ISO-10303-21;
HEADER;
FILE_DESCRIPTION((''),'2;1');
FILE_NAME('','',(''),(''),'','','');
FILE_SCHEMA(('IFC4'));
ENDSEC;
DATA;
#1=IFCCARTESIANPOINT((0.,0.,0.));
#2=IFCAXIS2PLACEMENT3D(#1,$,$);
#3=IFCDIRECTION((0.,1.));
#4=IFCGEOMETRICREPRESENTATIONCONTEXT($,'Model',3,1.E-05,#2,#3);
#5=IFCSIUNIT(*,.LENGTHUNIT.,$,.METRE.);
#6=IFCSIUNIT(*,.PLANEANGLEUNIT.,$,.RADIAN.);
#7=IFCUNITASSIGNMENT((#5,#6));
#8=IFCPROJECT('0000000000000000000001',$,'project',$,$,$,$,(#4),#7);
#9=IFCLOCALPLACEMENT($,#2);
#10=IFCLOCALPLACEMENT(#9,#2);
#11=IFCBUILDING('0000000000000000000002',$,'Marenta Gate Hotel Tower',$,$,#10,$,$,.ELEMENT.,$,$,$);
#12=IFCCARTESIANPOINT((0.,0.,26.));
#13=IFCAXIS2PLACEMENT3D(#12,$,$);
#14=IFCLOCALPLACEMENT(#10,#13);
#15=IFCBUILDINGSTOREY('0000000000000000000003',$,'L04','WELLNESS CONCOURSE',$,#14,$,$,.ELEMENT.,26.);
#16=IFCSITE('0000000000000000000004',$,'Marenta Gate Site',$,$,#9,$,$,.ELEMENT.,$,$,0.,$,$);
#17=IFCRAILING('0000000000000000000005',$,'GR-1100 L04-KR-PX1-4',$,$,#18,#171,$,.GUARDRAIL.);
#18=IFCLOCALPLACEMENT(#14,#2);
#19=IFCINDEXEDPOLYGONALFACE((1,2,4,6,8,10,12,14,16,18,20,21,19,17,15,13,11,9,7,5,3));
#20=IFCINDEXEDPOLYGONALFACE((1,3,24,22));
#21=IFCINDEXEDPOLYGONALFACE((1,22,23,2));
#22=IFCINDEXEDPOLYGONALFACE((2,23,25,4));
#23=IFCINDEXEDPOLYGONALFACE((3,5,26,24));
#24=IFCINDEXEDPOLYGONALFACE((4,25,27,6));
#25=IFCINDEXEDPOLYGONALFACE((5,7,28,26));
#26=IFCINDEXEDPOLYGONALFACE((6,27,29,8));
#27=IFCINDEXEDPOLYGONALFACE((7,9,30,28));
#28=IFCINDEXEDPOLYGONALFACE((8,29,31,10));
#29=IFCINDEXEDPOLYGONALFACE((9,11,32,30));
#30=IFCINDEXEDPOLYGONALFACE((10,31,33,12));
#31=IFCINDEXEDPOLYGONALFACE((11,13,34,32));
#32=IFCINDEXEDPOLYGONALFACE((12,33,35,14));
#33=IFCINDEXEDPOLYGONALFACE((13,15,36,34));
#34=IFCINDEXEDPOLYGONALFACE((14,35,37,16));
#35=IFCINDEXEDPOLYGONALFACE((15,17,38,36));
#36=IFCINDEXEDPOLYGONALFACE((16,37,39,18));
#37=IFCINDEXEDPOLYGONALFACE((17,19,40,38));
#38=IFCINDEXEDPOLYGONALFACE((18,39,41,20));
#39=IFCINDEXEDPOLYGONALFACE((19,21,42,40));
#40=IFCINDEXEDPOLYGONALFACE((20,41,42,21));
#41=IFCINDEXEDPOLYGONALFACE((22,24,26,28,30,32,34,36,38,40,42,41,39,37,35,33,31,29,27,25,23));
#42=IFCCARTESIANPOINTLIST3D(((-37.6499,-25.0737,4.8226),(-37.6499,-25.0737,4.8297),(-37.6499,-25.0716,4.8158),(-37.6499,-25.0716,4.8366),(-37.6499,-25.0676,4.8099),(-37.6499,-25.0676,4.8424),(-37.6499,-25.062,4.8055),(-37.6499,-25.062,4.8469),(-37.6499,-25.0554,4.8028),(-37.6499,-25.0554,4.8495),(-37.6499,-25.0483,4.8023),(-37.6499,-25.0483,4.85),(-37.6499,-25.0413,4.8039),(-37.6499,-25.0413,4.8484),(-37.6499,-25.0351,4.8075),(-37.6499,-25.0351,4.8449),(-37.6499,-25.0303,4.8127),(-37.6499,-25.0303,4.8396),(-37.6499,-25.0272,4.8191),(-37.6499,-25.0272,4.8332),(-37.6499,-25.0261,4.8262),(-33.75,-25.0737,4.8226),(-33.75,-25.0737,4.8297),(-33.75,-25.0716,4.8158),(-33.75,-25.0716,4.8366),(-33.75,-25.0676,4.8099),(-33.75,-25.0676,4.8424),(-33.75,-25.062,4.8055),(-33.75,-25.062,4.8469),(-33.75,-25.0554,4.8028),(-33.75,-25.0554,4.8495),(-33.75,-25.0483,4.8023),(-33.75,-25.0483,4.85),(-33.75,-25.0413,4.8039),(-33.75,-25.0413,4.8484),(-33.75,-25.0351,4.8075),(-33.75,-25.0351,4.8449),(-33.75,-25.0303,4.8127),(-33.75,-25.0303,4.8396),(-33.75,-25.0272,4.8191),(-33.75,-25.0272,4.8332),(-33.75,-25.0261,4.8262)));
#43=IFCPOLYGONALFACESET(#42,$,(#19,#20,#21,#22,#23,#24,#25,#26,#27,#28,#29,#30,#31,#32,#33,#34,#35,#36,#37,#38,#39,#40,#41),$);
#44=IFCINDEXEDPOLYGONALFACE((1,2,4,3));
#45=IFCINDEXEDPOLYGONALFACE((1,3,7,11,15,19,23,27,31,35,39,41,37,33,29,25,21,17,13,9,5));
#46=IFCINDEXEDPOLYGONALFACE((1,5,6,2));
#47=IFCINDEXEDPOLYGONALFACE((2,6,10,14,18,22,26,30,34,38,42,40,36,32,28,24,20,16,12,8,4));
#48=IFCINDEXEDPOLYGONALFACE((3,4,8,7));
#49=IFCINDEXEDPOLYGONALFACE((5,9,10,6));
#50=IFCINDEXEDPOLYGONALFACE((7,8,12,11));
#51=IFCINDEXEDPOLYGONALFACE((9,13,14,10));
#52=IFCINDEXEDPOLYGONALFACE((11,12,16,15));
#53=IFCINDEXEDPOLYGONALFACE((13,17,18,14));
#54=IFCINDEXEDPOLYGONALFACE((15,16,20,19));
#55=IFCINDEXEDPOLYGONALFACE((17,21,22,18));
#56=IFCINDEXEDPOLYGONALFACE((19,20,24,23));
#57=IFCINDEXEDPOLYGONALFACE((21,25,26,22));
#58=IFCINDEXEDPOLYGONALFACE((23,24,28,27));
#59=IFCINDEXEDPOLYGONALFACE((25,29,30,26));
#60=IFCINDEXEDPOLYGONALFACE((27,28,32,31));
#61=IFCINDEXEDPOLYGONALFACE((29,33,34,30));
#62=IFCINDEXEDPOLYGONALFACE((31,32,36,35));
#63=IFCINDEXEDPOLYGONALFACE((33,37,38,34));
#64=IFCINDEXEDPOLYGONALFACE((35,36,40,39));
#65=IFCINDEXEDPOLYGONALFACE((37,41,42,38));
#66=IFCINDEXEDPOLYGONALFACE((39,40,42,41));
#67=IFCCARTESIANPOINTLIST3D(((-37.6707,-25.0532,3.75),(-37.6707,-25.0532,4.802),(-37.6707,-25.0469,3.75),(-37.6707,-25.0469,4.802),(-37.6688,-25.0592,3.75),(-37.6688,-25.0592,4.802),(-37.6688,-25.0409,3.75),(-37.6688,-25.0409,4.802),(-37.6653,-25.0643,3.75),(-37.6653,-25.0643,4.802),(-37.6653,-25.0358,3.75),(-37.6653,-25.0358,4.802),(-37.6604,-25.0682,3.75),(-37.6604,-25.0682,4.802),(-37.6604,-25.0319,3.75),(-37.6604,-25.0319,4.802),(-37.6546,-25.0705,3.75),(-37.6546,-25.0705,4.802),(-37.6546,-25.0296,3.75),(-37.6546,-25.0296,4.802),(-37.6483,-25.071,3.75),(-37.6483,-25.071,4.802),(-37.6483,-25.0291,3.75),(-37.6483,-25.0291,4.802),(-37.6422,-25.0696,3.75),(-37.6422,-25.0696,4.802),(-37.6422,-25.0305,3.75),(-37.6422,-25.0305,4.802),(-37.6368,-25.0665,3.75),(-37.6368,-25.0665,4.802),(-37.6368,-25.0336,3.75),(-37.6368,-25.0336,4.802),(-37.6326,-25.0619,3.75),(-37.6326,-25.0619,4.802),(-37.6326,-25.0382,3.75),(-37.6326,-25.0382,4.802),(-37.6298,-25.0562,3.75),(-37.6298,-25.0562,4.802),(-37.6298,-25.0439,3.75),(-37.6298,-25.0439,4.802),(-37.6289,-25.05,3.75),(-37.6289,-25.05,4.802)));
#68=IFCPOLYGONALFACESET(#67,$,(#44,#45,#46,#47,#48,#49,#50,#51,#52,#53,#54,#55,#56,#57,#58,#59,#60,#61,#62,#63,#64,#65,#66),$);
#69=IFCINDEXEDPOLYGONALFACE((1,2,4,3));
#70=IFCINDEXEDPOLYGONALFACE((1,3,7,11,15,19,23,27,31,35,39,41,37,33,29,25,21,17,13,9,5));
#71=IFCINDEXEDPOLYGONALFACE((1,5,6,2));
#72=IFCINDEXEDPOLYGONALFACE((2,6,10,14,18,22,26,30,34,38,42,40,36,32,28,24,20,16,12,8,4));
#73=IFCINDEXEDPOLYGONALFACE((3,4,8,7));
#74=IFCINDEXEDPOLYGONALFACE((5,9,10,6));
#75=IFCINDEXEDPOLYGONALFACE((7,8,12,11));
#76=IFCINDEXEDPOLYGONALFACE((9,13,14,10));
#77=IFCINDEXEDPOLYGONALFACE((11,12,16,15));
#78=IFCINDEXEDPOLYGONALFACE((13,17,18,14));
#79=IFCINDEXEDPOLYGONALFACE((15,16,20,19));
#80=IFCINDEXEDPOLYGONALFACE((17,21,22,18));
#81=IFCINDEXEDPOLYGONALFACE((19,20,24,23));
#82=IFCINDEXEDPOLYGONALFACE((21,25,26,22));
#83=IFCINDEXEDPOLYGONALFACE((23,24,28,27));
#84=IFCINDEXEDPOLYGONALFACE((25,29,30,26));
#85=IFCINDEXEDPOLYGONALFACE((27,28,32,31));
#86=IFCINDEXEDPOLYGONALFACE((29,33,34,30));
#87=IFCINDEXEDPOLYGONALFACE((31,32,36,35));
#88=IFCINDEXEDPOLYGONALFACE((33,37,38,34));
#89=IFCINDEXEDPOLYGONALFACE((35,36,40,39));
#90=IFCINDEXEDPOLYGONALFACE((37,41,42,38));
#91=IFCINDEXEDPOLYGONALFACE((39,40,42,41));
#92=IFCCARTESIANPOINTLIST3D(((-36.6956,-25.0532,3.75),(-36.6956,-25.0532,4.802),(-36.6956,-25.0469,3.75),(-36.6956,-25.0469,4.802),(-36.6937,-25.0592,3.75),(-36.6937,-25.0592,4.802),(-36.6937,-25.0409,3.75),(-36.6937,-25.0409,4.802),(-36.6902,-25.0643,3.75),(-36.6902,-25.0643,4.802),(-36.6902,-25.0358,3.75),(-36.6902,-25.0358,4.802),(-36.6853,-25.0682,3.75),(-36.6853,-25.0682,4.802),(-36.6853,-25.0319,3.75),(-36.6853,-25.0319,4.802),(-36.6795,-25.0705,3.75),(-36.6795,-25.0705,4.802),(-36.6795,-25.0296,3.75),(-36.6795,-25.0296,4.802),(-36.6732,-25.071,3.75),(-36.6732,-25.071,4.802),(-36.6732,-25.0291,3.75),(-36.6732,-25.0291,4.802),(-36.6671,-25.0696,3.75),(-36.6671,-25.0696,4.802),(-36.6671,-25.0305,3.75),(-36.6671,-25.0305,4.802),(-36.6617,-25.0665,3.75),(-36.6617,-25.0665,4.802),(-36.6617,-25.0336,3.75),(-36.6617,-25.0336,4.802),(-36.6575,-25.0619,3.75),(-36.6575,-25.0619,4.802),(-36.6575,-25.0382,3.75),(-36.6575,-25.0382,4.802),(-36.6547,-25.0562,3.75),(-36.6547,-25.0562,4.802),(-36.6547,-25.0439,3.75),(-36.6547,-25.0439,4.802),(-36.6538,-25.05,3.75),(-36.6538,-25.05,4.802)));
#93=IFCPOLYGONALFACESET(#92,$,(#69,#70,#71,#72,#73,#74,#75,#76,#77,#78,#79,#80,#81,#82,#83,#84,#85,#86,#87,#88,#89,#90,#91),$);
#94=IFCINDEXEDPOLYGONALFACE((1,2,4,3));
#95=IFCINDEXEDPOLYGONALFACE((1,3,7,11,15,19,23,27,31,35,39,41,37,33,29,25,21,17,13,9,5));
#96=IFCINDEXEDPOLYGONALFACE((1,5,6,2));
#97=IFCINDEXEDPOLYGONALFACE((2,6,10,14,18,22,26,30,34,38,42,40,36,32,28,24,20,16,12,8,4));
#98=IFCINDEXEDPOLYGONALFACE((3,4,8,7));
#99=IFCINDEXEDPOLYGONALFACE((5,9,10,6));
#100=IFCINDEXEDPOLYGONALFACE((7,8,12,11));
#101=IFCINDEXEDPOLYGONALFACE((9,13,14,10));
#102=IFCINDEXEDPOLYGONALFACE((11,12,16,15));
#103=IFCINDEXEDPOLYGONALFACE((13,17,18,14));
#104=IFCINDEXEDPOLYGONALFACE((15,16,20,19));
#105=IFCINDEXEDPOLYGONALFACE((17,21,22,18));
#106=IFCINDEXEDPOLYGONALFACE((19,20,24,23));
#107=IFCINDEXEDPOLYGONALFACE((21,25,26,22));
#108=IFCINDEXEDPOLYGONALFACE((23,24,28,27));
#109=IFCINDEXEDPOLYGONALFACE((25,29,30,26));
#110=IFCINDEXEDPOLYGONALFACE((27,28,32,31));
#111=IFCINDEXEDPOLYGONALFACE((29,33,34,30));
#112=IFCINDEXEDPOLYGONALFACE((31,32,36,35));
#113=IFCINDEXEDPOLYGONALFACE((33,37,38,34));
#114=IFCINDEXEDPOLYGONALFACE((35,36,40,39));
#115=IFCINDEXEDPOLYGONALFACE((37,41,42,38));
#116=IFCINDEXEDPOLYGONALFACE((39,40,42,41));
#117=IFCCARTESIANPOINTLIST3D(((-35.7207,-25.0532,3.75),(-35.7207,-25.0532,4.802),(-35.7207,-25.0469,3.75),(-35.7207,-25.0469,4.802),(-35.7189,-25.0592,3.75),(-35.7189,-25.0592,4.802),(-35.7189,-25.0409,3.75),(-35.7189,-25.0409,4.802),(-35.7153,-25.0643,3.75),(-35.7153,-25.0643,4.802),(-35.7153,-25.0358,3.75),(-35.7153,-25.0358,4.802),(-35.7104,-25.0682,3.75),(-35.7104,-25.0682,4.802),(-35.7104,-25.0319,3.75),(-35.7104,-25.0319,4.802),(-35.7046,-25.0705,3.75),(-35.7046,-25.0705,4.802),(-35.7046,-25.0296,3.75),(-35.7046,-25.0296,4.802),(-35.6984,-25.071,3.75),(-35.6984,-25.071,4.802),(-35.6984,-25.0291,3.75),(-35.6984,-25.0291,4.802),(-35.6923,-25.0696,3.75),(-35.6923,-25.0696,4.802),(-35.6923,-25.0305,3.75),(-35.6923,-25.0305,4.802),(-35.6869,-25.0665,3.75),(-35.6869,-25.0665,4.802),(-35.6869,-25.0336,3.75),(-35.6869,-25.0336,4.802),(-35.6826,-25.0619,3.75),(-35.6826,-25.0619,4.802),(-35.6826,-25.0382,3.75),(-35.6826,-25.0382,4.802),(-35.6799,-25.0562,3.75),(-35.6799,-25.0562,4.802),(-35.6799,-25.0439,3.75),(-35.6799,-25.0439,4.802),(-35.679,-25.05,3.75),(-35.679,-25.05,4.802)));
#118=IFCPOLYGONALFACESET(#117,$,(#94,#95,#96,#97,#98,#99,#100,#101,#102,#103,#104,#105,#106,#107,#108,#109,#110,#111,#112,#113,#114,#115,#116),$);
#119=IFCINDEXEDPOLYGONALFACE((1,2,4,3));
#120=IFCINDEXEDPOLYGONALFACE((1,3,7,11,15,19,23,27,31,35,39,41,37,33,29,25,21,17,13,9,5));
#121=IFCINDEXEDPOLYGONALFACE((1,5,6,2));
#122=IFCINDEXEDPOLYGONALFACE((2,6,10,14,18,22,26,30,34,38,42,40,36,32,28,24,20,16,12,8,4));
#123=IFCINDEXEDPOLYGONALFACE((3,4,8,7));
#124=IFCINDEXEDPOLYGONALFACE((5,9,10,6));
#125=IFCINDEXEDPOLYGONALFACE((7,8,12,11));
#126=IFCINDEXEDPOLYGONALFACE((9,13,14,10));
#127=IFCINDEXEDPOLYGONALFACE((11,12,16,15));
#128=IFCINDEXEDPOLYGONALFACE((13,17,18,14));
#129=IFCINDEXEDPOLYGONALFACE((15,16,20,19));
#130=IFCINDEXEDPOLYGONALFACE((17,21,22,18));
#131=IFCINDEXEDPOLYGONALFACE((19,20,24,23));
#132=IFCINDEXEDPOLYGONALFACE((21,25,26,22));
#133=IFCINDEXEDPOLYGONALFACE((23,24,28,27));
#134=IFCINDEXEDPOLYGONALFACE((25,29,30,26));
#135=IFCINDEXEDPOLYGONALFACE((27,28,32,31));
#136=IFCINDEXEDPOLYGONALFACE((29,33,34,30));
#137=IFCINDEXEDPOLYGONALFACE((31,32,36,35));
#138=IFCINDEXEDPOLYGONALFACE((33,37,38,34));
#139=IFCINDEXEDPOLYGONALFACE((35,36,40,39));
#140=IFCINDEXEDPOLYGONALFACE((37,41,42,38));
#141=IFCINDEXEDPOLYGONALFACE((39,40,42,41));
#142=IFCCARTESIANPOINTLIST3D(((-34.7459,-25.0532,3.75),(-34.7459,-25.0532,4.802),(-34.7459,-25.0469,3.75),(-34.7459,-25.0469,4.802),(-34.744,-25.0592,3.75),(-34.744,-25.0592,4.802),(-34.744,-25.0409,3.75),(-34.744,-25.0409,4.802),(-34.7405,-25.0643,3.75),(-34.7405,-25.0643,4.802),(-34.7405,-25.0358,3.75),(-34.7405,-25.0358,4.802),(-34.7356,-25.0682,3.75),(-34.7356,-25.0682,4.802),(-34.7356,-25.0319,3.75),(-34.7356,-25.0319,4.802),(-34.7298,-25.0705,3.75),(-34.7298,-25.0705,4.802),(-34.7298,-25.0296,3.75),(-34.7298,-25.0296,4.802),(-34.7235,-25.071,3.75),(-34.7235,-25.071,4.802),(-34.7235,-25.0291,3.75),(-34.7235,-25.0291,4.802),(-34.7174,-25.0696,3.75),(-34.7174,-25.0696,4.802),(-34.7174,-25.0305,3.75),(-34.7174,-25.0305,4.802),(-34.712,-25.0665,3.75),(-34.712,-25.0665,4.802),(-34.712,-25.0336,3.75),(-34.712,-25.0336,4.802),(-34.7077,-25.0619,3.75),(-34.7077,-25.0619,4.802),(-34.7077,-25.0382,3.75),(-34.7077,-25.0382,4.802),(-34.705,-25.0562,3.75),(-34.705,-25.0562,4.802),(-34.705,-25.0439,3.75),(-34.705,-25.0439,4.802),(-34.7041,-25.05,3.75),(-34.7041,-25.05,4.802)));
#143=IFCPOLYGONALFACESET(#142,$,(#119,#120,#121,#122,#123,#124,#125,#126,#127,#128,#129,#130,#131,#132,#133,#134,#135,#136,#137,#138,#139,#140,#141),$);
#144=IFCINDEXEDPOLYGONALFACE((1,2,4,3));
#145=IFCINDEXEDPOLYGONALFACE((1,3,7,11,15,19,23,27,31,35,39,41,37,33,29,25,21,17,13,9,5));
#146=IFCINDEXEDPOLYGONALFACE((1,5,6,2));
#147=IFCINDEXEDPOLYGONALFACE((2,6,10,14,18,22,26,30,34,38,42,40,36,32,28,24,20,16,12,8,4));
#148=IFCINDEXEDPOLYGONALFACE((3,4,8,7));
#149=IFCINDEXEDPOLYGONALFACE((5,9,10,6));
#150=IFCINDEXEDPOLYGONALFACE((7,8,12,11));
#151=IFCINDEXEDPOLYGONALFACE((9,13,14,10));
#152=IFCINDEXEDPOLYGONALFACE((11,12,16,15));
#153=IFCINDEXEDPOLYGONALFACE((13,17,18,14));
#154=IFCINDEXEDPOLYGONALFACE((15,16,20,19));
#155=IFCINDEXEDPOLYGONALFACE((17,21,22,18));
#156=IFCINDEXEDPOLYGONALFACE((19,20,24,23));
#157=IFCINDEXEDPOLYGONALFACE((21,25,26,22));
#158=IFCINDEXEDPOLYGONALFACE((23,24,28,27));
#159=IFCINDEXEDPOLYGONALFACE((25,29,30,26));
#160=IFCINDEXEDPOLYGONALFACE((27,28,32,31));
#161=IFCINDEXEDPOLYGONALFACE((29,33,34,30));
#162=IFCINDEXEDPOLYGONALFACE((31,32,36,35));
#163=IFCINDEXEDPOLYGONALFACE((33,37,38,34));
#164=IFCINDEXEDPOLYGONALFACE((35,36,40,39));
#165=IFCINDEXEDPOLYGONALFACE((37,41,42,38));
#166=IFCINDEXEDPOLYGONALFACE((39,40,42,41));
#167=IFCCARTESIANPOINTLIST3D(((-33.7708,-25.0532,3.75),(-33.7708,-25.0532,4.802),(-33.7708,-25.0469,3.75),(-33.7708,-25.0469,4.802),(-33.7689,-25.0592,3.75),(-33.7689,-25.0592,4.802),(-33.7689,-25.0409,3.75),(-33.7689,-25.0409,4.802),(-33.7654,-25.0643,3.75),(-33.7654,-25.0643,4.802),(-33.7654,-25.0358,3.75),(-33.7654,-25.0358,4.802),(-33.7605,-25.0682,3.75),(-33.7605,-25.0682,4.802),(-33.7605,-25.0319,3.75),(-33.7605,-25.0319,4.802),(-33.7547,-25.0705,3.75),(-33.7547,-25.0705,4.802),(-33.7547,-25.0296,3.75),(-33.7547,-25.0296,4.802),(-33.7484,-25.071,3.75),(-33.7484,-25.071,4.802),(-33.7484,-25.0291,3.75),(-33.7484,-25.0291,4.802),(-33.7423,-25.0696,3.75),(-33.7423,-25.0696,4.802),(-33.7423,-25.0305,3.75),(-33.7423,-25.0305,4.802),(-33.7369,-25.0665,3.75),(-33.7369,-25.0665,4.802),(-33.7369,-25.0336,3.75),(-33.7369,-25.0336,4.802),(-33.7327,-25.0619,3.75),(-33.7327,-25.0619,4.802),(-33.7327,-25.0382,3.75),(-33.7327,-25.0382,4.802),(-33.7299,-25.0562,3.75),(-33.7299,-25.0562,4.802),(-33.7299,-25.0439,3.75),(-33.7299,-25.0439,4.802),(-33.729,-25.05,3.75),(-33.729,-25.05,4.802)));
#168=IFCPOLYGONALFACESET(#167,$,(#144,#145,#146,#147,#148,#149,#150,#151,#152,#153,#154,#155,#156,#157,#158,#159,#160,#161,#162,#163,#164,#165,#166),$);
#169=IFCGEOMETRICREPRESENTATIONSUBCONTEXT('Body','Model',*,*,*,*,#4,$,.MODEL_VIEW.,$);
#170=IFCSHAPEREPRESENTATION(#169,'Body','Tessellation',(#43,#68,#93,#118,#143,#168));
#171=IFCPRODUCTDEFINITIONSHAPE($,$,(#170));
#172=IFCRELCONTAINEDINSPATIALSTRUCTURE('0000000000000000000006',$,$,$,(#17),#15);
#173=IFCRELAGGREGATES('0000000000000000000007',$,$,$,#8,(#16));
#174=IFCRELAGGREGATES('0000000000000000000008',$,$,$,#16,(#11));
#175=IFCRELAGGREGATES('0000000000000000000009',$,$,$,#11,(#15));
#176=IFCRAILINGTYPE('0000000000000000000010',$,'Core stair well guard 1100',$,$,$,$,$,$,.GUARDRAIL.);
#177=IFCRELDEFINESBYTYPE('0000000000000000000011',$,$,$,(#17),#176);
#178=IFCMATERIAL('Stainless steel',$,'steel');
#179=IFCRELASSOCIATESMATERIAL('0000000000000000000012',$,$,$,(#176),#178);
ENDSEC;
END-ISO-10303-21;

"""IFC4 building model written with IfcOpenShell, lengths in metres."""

from ifc_helpers import new_model, si_unit, direction, frame, origin, origin_2d, place, context, subcontext, project, spatial, circle, extrude, material, type_object, element, save


model = new_model("IFC4")

# Units and contexts
model_context = context("Model", 3, precision=1e-05, world=origin(), true_north=direction((0.0, 1.0)))
body_context = subcontext(model_context, "Body", "Model", "MODEL_VIEW")
ifc_project = project(units=[si_unit("LENGTHUNIT", "METRE"), si_unit("PLANEANGLEUNIT", "RADIAN")], contexts=[model_context])

# Site, building, storey
site_placement = place(None, origin())
site = spatial("IfcSite", under=ifc_project, at=site_placement, Name="Marenta Gate Site", CompositionType="ELEMENT", RefElevation=0.0)
building_placement = place(site_placement, origin())
building = spatial("IfcBuilding", under=site, at=building_placement, Name="Marenta Gate Hotel Tower", CompositionType="ELEMENT")
storey_placement = place(building_placement, frame((0.0, 0.0, 26.0)))
storey = spatial("IfcBuildingStorey", under=building, at=storey_placement, Name="L04", Description="WELLNESS CONCOURSE", CompositionType="ELEMENT", Elevation=26.0)

# Railing
ifc_material_1 = material(Name="Stainless steel", Category="steel")
railing_type = type_object("IfcRailingType", Name="Core stair well guard 1100", PredefinedType="GUARDRAIL", material=ifc_material_1)
for number, where, name in (
    (1, (-37.6499, -25.05, 3.75), "GR-1100 L04-KR-PX1-4"),
):
    element("IfcRailing", number, at=place(storey_placement, frame(where)), inside=storey, type_object=railing_type, Name=name, PredefinedType="GUARDRAIL", context=body_context, shape_type="SweptSolid", body=[
        extrude(circle(Radius=0.0239, at=origin_2d()), frame((0.0, 0.0, 1.0762), z_axis=(1.0, 0.0, 0.0), x_axis=(0.0, 1.0, 0.0)), (0.0, 0.0, 1.0), 3.8999),
        extrude(circle(Radius=0.021, at=origin_2d()), origin(), (0.0, 0.0, 1.0), 1.052),
        extrude(circle(Radius=0.021, at=origin_2d()), frame((0.9751, 0.0, 0.0)), (0.0, 0.0, 1.0), 1.052),
        extrude(circle(Radius=0.021, at=origin_2d()), frame((1.95, 0.0, 0.0)), (0.0, 0.0, 1.0), 1.052),
        extrude(circle(Radius=0.021, at=origin_2d()), frame((2.9248, 0.0, 0.0)), (0.0, 0.0, 1.0), 1.052),
        extrude(circle(Radius=0.021, at=origin_2d()), frame((3.8999, 0.0, 0.0)), (0.0, 0.0, 1.0), 1.052),
    ])

save(model, "model.ifc")
